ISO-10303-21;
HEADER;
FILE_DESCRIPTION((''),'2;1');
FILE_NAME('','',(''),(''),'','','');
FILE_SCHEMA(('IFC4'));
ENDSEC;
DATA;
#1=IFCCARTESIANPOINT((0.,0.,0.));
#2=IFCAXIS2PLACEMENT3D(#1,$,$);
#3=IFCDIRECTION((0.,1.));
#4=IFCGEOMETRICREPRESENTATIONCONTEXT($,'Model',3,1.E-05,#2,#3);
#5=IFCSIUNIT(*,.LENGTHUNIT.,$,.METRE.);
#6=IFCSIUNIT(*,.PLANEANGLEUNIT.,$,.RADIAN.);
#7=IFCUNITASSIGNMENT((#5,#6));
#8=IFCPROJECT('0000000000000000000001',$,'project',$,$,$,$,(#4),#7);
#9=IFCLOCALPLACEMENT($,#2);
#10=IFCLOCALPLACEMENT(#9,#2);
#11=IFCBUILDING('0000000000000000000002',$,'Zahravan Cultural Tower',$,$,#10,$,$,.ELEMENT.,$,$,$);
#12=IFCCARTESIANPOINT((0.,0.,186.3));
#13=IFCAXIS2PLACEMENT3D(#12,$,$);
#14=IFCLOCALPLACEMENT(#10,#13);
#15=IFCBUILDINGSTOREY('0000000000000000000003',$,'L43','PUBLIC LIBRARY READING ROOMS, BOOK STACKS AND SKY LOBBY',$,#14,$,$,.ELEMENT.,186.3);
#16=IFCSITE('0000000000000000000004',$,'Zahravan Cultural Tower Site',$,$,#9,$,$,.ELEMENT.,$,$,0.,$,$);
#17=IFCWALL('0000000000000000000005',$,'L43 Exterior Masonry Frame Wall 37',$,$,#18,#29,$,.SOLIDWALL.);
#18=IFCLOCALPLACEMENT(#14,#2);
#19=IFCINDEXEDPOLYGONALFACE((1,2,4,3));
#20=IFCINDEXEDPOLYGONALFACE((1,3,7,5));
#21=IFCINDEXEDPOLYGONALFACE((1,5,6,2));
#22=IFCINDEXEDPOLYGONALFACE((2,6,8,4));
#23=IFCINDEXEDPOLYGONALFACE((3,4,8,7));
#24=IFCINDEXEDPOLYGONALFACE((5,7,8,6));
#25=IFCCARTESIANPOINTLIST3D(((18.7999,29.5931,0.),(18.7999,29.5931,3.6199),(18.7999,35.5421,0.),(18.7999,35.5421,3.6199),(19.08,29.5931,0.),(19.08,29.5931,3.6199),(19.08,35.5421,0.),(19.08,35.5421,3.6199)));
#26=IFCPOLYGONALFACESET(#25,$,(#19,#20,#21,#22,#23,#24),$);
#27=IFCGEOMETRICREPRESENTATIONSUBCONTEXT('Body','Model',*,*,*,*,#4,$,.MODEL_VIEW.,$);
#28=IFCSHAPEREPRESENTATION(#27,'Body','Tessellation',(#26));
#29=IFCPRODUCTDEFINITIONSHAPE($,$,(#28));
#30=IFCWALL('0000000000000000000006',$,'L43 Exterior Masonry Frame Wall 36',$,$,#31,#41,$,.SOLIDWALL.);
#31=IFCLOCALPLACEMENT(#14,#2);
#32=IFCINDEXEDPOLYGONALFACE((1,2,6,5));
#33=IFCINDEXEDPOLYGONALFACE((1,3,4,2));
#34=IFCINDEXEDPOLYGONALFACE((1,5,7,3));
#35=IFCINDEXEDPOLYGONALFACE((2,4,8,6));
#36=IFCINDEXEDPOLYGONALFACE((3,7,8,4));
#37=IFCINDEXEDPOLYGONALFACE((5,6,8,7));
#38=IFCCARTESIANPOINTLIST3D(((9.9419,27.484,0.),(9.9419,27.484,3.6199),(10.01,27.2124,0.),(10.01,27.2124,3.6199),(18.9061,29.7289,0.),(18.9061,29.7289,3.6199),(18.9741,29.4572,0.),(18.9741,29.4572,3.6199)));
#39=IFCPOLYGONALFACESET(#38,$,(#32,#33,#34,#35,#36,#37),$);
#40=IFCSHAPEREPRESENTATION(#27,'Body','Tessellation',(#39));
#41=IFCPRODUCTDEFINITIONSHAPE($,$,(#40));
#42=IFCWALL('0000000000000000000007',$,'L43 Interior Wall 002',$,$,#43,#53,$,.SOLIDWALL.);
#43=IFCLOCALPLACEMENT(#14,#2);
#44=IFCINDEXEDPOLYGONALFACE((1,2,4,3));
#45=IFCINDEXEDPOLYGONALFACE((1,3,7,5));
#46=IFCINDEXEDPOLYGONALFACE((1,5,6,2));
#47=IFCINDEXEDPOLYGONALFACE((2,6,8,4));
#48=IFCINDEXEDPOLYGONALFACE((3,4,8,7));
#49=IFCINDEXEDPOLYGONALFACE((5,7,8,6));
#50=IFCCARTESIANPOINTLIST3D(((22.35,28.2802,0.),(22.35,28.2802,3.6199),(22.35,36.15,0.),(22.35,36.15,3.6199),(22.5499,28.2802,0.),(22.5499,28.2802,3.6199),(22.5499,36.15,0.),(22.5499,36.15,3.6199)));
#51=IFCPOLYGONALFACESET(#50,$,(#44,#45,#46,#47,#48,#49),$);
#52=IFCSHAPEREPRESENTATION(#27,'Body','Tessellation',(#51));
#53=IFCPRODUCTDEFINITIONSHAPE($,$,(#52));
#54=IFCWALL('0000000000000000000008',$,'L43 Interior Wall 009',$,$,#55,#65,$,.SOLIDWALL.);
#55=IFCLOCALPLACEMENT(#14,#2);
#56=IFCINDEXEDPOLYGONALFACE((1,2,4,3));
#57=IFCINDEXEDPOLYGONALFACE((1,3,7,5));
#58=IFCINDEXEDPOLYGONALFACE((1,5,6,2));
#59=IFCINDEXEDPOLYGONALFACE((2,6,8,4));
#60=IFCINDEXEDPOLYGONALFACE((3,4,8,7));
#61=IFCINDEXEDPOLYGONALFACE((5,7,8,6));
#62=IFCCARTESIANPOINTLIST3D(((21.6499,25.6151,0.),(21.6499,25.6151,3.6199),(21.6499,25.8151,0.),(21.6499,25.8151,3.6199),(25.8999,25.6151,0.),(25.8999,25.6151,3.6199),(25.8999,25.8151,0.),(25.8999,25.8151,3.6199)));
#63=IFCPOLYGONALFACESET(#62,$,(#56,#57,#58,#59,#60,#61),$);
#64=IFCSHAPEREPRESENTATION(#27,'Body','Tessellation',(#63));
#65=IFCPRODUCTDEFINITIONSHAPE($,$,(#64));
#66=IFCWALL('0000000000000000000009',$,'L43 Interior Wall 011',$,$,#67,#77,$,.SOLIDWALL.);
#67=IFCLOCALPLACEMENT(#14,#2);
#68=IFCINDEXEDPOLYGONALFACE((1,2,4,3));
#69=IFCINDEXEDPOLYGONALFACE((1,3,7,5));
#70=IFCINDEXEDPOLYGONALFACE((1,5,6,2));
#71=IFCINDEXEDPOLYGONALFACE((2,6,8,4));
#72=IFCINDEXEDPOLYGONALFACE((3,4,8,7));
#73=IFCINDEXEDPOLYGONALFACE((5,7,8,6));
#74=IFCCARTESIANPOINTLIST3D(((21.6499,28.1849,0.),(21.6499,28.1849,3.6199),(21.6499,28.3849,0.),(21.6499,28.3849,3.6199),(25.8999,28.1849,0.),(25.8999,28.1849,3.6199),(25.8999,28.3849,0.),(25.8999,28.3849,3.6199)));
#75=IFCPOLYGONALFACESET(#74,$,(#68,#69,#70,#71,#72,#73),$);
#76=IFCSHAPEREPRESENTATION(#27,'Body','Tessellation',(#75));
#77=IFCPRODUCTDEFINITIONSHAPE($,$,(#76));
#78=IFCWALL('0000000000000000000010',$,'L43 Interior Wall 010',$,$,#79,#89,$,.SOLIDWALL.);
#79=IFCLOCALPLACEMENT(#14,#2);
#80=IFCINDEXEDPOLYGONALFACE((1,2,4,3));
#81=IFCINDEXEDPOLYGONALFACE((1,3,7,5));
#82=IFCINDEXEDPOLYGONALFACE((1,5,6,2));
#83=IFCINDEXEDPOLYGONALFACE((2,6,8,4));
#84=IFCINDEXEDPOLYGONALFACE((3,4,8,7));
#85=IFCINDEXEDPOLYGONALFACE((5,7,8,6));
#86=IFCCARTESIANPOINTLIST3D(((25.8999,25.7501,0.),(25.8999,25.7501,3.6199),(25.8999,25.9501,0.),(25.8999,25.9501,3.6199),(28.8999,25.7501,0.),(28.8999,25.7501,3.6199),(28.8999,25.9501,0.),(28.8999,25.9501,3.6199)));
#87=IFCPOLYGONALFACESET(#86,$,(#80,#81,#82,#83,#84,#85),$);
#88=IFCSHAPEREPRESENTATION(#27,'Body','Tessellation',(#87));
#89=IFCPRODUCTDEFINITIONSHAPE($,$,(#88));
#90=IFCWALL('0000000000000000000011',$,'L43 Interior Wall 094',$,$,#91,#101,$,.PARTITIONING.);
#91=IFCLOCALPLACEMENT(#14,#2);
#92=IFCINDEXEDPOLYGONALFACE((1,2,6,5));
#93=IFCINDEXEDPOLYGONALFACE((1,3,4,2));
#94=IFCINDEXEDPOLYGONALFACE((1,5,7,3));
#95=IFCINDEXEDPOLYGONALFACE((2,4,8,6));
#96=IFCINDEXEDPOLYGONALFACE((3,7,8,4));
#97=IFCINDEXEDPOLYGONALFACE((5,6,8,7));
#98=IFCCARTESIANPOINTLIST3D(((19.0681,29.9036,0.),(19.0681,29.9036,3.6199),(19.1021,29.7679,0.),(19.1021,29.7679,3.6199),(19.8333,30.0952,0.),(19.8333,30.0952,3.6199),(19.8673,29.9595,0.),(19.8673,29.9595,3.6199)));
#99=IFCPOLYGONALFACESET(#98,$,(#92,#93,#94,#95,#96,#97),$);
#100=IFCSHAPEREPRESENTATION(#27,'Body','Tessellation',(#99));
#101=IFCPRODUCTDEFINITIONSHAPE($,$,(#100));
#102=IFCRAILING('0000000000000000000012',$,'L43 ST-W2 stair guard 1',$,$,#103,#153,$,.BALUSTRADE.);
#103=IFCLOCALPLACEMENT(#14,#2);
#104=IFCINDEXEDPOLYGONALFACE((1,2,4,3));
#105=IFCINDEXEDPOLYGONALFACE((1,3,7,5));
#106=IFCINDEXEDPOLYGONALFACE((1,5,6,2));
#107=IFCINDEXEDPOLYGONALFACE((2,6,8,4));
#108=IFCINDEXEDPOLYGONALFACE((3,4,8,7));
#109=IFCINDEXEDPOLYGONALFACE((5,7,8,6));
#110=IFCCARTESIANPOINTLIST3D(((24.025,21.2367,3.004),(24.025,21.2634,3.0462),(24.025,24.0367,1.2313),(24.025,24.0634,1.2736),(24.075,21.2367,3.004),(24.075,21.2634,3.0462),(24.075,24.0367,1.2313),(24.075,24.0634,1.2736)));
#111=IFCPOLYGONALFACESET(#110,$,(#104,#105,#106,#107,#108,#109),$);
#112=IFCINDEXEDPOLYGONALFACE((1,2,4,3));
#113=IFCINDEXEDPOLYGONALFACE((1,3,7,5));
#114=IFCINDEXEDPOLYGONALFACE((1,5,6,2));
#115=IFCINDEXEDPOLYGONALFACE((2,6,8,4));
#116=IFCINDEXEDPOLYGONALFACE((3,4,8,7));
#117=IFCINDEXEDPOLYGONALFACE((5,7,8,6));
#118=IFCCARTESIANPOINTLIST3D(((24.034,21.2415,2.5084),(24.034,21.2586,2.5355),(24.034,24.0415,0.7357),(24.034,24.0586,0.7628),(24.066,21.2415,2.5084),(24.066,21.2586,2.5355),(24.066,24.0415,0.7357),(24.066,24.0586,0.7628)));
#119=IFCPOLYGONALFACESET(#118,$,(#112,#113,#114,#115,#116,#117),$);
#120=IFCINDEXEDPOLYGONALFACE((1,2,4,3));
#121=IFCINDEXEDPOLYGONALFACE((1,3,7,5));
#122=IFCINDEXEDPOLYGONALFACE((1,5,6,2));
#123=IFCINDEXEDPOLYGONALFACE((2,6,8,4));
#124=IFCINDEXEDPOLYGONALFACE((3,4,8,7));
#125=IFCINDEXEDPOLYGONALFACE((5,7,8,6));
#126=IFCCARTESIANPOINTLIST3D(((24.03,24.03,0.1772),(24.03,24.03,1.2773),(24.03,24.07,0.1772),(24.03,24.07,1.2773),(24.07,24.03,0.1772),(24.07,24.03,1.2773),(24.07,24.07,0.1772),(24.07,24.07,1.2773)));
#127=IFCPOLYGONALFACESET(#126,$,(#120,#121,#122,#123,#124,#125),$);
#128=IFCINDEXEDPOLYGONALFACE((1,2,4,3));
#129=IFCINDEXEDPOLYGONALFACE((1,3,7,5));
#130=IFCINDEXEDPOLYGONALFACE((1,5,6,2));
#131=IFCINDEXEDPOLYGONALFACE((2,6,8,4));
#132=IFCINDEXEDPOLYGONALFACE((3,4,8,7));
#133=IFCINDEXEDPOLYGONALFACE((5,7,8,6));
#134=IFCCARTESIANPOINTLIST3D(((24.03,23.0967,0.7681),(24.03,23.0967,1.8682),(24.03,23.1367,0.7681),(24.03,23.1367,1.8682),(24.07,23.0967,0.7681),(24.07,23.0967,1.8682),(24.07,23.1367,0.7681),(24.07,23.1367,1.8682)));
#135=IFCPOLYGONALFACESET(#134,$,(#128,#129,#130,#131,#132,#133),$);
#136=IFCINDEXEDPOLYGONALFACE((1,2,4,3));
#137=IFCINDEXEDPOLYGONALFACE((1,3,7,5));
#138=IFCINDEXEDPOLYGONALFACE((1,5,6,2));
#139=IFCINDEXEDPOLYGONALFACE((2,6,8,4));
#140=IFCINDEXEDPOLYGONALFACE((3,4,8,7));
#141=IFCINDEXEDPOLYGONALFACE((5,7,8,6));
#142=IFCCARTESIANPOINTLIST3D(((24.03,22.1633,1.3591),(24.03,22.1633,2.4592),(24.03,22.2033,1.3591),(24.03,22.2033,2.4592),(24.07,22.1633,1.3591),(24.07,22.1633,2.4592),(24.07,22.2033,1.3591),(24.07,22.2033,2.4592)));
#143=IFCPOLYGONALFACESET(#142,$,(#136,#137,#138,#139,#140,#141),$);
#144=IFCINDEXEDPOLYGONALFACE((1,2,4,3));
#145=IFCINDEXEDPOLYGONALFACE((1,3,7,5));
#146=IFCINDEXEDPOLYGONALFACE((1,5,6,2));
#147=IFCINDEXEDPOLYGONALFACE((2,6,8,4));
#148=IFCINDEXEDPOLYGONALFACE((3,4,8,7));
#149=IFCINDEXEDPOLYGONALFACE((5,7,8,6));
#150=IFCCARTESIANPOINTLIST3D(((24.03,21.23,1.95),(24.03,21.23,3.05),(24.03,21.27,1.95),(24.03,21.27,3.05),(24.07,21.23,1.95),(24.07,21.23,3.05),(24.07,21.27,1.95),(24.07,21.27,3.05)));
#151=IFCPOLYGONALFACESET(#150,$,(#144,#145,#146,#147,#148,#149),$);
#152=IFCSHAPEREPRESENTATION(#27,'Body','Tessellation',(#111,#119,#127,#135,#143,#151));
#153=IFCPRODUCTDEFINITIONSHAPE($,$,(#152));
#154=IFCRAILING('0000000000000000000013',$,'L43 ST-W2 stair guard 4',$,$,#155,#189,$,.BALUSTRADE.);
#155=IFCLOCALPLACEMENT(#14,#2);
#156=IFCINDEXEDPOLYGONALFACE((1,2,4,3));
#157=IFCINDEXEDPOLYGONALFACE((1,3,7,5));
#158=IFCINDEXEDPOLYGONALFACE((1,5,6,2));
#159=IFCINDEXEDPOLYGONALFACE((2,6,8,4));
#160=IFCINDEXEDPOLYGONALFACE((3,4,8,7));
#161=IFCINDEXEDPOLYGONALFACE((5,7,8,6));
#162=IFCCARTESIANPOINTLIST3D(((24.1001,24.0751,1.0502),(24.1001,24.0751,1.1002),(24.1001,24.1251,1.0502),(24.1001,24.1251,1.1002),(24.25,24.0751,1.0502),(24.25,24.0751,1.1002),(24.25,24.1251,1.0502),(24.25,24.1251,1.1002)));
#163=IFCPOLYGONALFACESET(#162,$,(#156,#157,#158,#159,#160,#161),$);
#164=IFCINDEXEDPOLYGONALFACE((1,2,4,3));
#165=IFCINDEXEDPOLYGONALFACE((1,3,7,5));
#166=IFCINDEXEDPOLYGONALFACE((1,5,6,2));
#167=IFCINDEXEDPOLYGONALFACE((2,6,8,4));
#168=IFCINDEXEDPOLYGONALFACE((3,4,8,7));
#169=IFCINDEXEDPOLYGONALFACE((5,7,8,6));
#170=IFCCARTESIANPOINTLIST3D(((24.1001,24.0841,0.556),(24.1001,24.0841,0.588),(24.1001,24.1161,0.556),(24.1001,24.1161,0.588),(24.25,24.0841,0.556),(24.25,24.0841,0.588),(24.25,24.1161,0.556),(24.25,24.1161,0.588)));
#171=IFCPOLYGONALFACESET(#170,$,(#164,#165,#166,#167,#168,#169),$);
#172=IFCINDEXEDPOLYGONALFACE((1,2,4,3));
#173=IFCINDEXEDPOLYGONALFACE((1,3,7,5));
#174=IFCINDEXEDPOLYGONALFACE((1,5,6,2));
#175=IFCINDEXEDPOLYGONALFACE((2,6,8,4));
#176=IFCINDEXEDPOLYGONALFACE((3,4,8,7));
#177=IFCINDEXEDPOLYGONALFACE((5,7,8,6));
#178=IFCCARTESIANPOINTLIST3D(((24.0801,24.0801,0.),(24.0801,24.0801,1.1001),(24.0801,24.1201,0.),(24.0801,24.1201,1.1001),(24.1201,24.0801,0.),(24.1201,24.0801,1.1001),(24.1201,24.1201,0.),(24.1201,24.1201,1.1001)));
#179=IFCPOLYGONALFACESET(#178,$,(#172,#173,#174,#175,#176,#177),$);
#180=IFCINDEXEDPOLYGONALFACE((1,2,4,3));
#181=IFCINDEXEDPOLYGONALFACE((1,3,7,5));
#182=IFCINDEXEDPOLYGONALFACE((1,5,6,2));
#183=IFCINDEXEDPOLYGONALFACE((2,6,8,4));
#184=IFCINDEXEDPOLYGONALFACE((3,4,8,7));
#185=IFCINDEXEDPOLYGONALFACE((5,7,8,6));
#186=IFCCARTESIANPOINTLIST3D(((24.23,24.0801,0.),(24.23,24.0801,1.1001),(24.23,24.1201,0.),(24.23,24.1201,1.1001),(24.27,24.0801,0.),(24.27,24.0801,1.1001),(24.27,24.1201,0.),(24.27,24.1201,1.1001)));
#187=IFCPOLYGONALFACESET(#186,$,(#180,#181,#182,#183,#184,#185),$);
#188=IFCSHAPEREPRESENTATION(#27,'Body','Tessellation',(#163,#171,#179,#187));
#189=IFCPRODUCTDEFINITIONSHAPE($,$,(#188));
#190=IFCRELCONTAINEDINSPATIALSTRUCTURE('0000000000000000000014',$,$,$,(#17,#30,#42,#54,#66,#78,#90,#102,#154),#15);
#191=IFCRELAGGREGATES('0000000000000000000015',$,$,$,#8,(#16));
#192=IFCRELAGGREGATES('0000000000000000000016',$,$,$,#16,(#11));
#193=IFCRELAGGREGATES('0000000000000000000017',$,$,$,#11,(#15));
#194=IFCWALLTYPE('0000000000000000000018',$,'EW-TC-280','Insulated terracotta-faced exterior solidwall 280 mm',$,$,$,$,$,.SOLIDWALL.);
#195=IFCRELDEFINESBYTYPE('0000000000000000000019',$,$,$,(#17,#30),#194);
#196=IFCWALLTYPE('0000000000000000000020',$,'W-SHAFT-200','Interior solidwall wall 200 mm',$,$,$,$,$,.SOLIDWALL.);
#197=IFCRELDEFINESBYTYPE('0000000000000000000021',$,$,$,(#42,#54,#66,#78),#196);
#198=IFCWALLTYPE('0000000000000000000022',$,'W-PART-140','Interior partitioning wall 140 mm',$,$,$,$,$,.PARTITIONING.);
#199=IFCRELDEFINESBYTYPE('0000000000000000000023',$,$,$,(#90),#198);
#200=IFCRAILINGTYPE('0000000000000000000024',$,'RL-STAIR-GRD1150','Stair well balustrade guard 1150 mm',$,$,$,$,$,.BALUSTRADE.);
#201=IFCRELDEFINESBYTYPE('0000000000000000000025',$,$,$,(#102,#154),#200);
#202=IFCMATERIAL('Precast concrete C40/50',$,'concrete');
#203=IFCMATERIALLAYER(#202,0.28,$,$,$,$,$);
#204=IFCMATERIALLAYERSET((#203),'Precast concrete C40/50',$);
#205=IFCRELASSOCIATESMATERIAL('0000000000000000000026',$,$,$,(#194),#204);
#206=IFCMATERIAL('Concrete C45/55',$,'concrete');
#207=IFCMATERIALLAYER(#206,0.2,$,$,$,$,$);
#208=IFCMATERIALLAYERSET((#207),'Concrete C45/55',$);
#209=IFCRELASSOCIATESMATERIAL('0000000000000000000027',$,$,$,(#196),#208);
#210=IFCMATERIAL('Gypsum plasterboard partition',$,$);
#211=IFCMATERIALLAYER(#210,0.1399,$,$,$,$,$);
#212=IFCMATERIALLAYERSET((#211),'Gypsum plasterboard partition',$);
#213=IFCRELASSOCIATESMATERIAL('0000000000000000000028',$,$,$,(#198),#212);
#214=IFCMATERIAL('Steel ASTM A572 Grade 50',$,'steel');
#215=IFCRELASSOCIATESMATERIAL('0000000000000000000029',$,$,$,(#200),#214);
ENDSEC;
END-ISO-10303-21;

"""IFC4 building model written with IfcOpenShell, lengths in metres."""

from ifc_helpers import new_model, si_unit, direction, frame, frame_2d, origin, origin_2d, place, context, subcontext, project, spatial, rectangle, extrude, source, transform, mapped, material, layer, layer_set, type_object, element, save


model = new_model("IFC4")

# Units and contexts
model_context = context("Model", 3, precision=1e-05, world=origin(), true_north=direction((0.0, 1.0)))
body_context = subcontext(model_context, "Body", "Model", "MODEL_VIEW")
ifc_project = project(units=[si_unit("LENGTHUNIT", "METRE"), si_unit("PLANEANGLEUNIT", "RADIAN")], contexts=[model_context])

# Site, building, storey
site_placement = place(None, origin())
site = spatial("IfcSite", under=ifc_project, at=site_placement, Name="Zahravan Cultural Tower Site", CompositionType="ELEMENT", RefElevation=0.0)
building_placement = place(site_placement, origin())
building = spatial("IfcBuilding", under=site, at=building_placement, Name="Zahravan Cultural Tower", CompositionType="ELEMENT")
storey_placement = place(building_placement, frame((0.0, 0.0, 186.3)))
storey = spatial("IfcBuildingStorey", under=building, at=storey_placement, Name="L43", Description="PUBLIC LIBRARY READING ROOMS, BOOK STACKS AND SKY LOBBY", CompositionType="ELEMENT", Elevation=186.3)

# Walls
ifc_material_1 = material(Name="Precast concrete C40/50", Category="concrete")
ifc_layer_1 = layer(ifc_material_1, 0.28)
ifc_layer_set_1 = layer_set([ifc_layer_1], Name="Precast concrete C40/50")
wall_type_1 = type_object("IfcWallType", Name="EW-TC-280", Description="Insulated terracotta-faced exterior solidwall 280 mm", PredefinedType="SOLIDWALL", material=ifc_layer_set_1)
shared_shape_1 = source(origin(), body_context, "Body", "SweptSolid", [
    extrude(rectangle(XDim=5.949, YDim=0.28, at=frame_2d((2.9746, 0.0))), origin(), (0.0, 0.0, 1.0), 3.6199),
])
wall_1_placement = place(storey_placement, frame((18.9399, 29.593, 0.0), z_axis=(0.0, 0.0, 1.0), x_axis=(0.0, 1.0, 0.0)))
element("IfcWall", 1, at=wall_1_placement, inside=storey, type_object=wall_type_1, Name="L43 Exterior Masonry Frame Wall 37", PredefinedType="SOLIDWALL", context=body_context, shape_type="MappedRepresentation", body=[
    mapped(shared_shape_1, transform((0.0, 0.0, 0.0), x_axis=(1.0, 0.0, 0.0), y_axis=(0.0, 1.0, 0.0), z_axis=(0.0, 0.0, 1.0), scale=1.0)),
])
shared_shape_2 = source(origin(), body_context, "Body", "SweptSolid", [
    extrude(rectangle(XDim=9.241, YDim=0.28, at=frame_2d((4.6206, 0.0))), origin(), (0.0, 0.0, 1.0), 3.6199),
])
wall_2_placement = place(storey_placement, frame((9.9758, 27.3481, 0.0), z_axis=(0.0, 0.0, 1.0), x_axis=(0.970045, 0.242927, 0.0)))
element("IfcWall", 2, at=wall_2_placement, inside=storey, type_object=wall_type_1, Name="L43 Exterior Masonry Frame Wall 36", PredefinedType="SOLIDWALL", context=body_context, shape_type="MappedRepresentation", body=[
    mapped(shared_shape_2, transform((0.0, 0.0, 0.0), x_axis=(1.0, 0.0, 0.0), y_axis=(0.0, 1.0, 0.0), z_axis=(0.0, 0.0, 1.0), scale=1.0)),
])
ifc_material_2 = material(Name="Concrete C45/55", Category="concrete")
ifc_layer_2 = layer(ifc_material_2, 0.2)
ifc_layer_set_2 = layer_set([ifc_layer_2], Name="Concrete C45/55")
wall_type_2 = type_object("IfcWallType", Name="W-SHAFT-200", Description="Interior solidwall wall 200 mm", PredefinedType="SOLIDWALL", material=ifc_layer_set_2)
shared_shape_3 = source(origin(), body_context, "Body", "SweptSolid", [
    extrude(rectangle(XDim=7.8699, YDim=0.2, at=frame_2d((3.9351, 0.0))), origin(), (0.0, 0.0, 1.0), 3.6199),
])
wall_3_placement = place(storey_placement, frame((22.45, 28.28, 0.0), z_axis=(0.0, 0.0, 1.0), x_axis=(0.0, 1.0, 0.0)))
element("IfcWall", 3, at=wall_3_placement, inside=storey, type_object=wall_type_2, Name="L43 Interior Wall 002", PredefinedType="SOLIDWALL", context=body_context, shape_type="MappedRepresentation", body=[
    mapped(shared_shape_3, transform((0.0, 0.0, 0.0), x_axis=(1.0, 0.0, 0.0), y_axis=(0.0, 1.0, 0.0), z_axis=(0.0, 0.0, 1.0), scale=1.0)),
])
shared_shape_4 = source(origin(), body_context, "Body", "SweptSolid", [
    extrude(rectangle(XDim=4.25, YDim=0.2, at=frame_2d((2.125, 0.0))), origin(), (0.0, 0.0, 1.0), 3.6199),
])
for number, where, z_axis, x_axis, name in (
    (4, (21.6499, 25.7151, 0.0), (0.0, 0.0, 1.0), (1.0, 0.0, 0.0), "L43 Interior Wall 009"),
    (5, (21.6499, 28.2849, 0.0), (0.0, 0.0, 1.0), (1.0, 0.0, 0.0), "L43 Interior Wall 011"),
):
    element("IfcWall", number, at=place(storey_placement, frame(where, z_axis=z_axis, x_axis=x_axis)), inside=storey, type_object=wall_type_2, Name=name, PredefinedType="SOLIDWALL", context=body_context, shape_type="MappedRepresentation", body=[
        mapped(shared_shape_4, transform((0.0, 0.0, 0.0), x_axis=(1.0, 0.0, 0.0), y_axis=(0.0, 1.0, 0.0), z_axis=(0.0, 0.0, 1.0), scale=1.0)),
    ])
shared_shape_5 = source(origin(), body_context, "Body", "SweptSolid", [
    extrude(rectangle(XDim=3.0, YDim=0.2, at=frame_2d((1.5, 0.0))), origin(), (0.0, 0.0, 1.0), 3.6199),
])
wall_4_placement = place(storey_placement, frame((25.8999, 25.8501, 0.0), z_axis=(0.0, 0.0, 1.0), x_axis=(1.0, 0.0, 0.0)))
element("IfcWall", 6, at=wall_4_placement, inside=storey, type_object=wall_type_2, Name="L43 Interior Wall 010", PredefinedType="SOLIDWALL", context=body_context, shape_type="MappedRepresentation", body=[
    mapped(shared_shape_5, transform((0.0, 0.0, 0.0), x_axis=(1.0, 0.0, 0.0), y_axis=(0.0, 1.0, 0.0), z_axis=(0.0, 0.0, 1.0), scale=1.0)),
])
ifc_material_3 = material(Name="Gypsum plasterboard partition")
ifc_layer_3 = layer(ifc_material_3, 0.1399)
ifc_layer_set_3 = layer_set([ifc_layer_3], Name="Gypsum plasterboard partition")
wall_type_3 = type_object("IfcWallType", Name="W-PART-140", Description="Interior partitioning wall 140 mm", PredefinedType="PARTITIONING", material=ifc_layer_set_3)
shared_shape_6 = source(origin(), body_context, "Body", "SweptSolid", [
    extrude(rectangle(XDim=0.7888, YDim=0.1399, at=frame_2d((0.3945, 0.0))), origin(), (0.0, 0.0, 1.0), 3.6199),
])
wall_5_placement = place(storey_placement, frame((19.085, 29.8357, 0.0), z_axis=(0.0, 0.0, 1.0), x_axis=(0.970033, 0.242973, 0.0)))
element("IfcWall", 7, at=wall_5_placement, inside=storey, type_object=wall_type_3, Name="L43 Interior Wall 094", PredefinedType="PARTITIONING", context=body_context, shape_type="MappedRepresentation", body=[
    mapped(shared_shape_6, transform((0.0, 0.0, 0.0), x_axis=(1.0, 0.0, 0.0), y_axis=(0.0, 1.0, 0.0), z_axis=(0.0, 0.0, 1.0), scale=1.0)),
])

# Railings
ifc_material_4 = material(Name="Steel ASTM A572 Grade 50", Category="steel")
railing_type = type_object("IfcRailingType", Name="RL-STAIR-GRD1150", Description="Stair well balustrade guard 1150 mm", PredefinedType="BALUSTRADE", material=ifc_material_4)
railing_1_placement = place(storey_placement, frame((24.05, 24.05, 0.1772)))
element("IfcRailing", 8, at=railing_1_placement, inside=storey, type_object=railing_type, Name="L43 ST-W2 stair guard 1", PredefinedType="BALUSTRADE", context=body_context, shape_type="SweptSolid", body=[
    extrude(rectangle(XDim=0.05, YDim=0.05, at=origin_2d()), frame((0.0, 0.0, 1.0752), z_axis=(0.0, -0.844909, 0.53491), x_axis=(1.0, 0.0, 0.0)), (0.0, 0.0, 1.0), 3.314),
    extrude(rectangle(XDim=0.032, YDim=0.032, at=origin_2d()), frame((0.0, 0.0, 0.572), z_axis=(0.0, -0.844909, 0.53491), x_axis=(1.0, 0.0, 0.0)), (0.0, 0.0, 1.0), 3.314),
    extrude(rectangle(XDim=0.04, YDim=0.04, at=origin_2d()), origin(), (0.0, 0.0, 1.0), 1.1001),
    extrude(rectangle(XDim=0.04, YDim=0.04, at=origin_2d()), frame((0.0, -0.9333, 0.5908)), (0.0, 0.0, 1.0), 1.1001),
    extrude(rectangle(XDim=0.04, YDim=0.04, at=origin_2d()), frame((0.0, -1.8667, 1.1819)), (0.0, 0.0, 1.0), 1.1001),
    extrude(rectangle(XDim=0.04, YDim=0.04, at=origin_2d()), frame((0.0, -2.8, 1.7727)), (0.0, 0.0, 1.0), 1.1001),
])
railing_2_placement = place(storey_placement, frame((24.1001, 24.1001, 0.0)))
element("IfcRailing", 9, at=railing_2_placement, inside=storey, type_object=railing_type, Name="L43 ST-W2 stair guard 4", PredefinedType="BALUSTRADE", context=body_context, shape_type="SweptSolid", body=[
    extrude(rectangle(XDim=0.05, YDim=0.05, at=origin_2d()), frame((0.0, 0.0, 1.0752), z_axis=(1.0, 0.0, 0.0), x_axis=(0.0, 1.0, 0.0)), (0.0, 0.0, 1.0), 0.1499),
    extrude(rectangle(XDim=0.032, YDim=0.032, at=origin_2d()), frame((0.0, 0.0, 0.572), z_axis=(1.0, 0.0, 0.0), x_axis=(0.0, 1.0, 0.0)), (0.0, 0.0, 1.0), 0.1499),
    extrude(rectangle(XDim=0.04, YDim=0.04, at=origin_2d()), origin(), (0.0, 0.0, 1.0), 1.1001),
    extrude(rectangle(XDim=0.04, YDim=0.04, at=origin_2d()), frame((0.1499, 0.0, 0.0)), (0.0, 0.0, 1.0), 1.1001),
])

save(model, "model.ifc")
